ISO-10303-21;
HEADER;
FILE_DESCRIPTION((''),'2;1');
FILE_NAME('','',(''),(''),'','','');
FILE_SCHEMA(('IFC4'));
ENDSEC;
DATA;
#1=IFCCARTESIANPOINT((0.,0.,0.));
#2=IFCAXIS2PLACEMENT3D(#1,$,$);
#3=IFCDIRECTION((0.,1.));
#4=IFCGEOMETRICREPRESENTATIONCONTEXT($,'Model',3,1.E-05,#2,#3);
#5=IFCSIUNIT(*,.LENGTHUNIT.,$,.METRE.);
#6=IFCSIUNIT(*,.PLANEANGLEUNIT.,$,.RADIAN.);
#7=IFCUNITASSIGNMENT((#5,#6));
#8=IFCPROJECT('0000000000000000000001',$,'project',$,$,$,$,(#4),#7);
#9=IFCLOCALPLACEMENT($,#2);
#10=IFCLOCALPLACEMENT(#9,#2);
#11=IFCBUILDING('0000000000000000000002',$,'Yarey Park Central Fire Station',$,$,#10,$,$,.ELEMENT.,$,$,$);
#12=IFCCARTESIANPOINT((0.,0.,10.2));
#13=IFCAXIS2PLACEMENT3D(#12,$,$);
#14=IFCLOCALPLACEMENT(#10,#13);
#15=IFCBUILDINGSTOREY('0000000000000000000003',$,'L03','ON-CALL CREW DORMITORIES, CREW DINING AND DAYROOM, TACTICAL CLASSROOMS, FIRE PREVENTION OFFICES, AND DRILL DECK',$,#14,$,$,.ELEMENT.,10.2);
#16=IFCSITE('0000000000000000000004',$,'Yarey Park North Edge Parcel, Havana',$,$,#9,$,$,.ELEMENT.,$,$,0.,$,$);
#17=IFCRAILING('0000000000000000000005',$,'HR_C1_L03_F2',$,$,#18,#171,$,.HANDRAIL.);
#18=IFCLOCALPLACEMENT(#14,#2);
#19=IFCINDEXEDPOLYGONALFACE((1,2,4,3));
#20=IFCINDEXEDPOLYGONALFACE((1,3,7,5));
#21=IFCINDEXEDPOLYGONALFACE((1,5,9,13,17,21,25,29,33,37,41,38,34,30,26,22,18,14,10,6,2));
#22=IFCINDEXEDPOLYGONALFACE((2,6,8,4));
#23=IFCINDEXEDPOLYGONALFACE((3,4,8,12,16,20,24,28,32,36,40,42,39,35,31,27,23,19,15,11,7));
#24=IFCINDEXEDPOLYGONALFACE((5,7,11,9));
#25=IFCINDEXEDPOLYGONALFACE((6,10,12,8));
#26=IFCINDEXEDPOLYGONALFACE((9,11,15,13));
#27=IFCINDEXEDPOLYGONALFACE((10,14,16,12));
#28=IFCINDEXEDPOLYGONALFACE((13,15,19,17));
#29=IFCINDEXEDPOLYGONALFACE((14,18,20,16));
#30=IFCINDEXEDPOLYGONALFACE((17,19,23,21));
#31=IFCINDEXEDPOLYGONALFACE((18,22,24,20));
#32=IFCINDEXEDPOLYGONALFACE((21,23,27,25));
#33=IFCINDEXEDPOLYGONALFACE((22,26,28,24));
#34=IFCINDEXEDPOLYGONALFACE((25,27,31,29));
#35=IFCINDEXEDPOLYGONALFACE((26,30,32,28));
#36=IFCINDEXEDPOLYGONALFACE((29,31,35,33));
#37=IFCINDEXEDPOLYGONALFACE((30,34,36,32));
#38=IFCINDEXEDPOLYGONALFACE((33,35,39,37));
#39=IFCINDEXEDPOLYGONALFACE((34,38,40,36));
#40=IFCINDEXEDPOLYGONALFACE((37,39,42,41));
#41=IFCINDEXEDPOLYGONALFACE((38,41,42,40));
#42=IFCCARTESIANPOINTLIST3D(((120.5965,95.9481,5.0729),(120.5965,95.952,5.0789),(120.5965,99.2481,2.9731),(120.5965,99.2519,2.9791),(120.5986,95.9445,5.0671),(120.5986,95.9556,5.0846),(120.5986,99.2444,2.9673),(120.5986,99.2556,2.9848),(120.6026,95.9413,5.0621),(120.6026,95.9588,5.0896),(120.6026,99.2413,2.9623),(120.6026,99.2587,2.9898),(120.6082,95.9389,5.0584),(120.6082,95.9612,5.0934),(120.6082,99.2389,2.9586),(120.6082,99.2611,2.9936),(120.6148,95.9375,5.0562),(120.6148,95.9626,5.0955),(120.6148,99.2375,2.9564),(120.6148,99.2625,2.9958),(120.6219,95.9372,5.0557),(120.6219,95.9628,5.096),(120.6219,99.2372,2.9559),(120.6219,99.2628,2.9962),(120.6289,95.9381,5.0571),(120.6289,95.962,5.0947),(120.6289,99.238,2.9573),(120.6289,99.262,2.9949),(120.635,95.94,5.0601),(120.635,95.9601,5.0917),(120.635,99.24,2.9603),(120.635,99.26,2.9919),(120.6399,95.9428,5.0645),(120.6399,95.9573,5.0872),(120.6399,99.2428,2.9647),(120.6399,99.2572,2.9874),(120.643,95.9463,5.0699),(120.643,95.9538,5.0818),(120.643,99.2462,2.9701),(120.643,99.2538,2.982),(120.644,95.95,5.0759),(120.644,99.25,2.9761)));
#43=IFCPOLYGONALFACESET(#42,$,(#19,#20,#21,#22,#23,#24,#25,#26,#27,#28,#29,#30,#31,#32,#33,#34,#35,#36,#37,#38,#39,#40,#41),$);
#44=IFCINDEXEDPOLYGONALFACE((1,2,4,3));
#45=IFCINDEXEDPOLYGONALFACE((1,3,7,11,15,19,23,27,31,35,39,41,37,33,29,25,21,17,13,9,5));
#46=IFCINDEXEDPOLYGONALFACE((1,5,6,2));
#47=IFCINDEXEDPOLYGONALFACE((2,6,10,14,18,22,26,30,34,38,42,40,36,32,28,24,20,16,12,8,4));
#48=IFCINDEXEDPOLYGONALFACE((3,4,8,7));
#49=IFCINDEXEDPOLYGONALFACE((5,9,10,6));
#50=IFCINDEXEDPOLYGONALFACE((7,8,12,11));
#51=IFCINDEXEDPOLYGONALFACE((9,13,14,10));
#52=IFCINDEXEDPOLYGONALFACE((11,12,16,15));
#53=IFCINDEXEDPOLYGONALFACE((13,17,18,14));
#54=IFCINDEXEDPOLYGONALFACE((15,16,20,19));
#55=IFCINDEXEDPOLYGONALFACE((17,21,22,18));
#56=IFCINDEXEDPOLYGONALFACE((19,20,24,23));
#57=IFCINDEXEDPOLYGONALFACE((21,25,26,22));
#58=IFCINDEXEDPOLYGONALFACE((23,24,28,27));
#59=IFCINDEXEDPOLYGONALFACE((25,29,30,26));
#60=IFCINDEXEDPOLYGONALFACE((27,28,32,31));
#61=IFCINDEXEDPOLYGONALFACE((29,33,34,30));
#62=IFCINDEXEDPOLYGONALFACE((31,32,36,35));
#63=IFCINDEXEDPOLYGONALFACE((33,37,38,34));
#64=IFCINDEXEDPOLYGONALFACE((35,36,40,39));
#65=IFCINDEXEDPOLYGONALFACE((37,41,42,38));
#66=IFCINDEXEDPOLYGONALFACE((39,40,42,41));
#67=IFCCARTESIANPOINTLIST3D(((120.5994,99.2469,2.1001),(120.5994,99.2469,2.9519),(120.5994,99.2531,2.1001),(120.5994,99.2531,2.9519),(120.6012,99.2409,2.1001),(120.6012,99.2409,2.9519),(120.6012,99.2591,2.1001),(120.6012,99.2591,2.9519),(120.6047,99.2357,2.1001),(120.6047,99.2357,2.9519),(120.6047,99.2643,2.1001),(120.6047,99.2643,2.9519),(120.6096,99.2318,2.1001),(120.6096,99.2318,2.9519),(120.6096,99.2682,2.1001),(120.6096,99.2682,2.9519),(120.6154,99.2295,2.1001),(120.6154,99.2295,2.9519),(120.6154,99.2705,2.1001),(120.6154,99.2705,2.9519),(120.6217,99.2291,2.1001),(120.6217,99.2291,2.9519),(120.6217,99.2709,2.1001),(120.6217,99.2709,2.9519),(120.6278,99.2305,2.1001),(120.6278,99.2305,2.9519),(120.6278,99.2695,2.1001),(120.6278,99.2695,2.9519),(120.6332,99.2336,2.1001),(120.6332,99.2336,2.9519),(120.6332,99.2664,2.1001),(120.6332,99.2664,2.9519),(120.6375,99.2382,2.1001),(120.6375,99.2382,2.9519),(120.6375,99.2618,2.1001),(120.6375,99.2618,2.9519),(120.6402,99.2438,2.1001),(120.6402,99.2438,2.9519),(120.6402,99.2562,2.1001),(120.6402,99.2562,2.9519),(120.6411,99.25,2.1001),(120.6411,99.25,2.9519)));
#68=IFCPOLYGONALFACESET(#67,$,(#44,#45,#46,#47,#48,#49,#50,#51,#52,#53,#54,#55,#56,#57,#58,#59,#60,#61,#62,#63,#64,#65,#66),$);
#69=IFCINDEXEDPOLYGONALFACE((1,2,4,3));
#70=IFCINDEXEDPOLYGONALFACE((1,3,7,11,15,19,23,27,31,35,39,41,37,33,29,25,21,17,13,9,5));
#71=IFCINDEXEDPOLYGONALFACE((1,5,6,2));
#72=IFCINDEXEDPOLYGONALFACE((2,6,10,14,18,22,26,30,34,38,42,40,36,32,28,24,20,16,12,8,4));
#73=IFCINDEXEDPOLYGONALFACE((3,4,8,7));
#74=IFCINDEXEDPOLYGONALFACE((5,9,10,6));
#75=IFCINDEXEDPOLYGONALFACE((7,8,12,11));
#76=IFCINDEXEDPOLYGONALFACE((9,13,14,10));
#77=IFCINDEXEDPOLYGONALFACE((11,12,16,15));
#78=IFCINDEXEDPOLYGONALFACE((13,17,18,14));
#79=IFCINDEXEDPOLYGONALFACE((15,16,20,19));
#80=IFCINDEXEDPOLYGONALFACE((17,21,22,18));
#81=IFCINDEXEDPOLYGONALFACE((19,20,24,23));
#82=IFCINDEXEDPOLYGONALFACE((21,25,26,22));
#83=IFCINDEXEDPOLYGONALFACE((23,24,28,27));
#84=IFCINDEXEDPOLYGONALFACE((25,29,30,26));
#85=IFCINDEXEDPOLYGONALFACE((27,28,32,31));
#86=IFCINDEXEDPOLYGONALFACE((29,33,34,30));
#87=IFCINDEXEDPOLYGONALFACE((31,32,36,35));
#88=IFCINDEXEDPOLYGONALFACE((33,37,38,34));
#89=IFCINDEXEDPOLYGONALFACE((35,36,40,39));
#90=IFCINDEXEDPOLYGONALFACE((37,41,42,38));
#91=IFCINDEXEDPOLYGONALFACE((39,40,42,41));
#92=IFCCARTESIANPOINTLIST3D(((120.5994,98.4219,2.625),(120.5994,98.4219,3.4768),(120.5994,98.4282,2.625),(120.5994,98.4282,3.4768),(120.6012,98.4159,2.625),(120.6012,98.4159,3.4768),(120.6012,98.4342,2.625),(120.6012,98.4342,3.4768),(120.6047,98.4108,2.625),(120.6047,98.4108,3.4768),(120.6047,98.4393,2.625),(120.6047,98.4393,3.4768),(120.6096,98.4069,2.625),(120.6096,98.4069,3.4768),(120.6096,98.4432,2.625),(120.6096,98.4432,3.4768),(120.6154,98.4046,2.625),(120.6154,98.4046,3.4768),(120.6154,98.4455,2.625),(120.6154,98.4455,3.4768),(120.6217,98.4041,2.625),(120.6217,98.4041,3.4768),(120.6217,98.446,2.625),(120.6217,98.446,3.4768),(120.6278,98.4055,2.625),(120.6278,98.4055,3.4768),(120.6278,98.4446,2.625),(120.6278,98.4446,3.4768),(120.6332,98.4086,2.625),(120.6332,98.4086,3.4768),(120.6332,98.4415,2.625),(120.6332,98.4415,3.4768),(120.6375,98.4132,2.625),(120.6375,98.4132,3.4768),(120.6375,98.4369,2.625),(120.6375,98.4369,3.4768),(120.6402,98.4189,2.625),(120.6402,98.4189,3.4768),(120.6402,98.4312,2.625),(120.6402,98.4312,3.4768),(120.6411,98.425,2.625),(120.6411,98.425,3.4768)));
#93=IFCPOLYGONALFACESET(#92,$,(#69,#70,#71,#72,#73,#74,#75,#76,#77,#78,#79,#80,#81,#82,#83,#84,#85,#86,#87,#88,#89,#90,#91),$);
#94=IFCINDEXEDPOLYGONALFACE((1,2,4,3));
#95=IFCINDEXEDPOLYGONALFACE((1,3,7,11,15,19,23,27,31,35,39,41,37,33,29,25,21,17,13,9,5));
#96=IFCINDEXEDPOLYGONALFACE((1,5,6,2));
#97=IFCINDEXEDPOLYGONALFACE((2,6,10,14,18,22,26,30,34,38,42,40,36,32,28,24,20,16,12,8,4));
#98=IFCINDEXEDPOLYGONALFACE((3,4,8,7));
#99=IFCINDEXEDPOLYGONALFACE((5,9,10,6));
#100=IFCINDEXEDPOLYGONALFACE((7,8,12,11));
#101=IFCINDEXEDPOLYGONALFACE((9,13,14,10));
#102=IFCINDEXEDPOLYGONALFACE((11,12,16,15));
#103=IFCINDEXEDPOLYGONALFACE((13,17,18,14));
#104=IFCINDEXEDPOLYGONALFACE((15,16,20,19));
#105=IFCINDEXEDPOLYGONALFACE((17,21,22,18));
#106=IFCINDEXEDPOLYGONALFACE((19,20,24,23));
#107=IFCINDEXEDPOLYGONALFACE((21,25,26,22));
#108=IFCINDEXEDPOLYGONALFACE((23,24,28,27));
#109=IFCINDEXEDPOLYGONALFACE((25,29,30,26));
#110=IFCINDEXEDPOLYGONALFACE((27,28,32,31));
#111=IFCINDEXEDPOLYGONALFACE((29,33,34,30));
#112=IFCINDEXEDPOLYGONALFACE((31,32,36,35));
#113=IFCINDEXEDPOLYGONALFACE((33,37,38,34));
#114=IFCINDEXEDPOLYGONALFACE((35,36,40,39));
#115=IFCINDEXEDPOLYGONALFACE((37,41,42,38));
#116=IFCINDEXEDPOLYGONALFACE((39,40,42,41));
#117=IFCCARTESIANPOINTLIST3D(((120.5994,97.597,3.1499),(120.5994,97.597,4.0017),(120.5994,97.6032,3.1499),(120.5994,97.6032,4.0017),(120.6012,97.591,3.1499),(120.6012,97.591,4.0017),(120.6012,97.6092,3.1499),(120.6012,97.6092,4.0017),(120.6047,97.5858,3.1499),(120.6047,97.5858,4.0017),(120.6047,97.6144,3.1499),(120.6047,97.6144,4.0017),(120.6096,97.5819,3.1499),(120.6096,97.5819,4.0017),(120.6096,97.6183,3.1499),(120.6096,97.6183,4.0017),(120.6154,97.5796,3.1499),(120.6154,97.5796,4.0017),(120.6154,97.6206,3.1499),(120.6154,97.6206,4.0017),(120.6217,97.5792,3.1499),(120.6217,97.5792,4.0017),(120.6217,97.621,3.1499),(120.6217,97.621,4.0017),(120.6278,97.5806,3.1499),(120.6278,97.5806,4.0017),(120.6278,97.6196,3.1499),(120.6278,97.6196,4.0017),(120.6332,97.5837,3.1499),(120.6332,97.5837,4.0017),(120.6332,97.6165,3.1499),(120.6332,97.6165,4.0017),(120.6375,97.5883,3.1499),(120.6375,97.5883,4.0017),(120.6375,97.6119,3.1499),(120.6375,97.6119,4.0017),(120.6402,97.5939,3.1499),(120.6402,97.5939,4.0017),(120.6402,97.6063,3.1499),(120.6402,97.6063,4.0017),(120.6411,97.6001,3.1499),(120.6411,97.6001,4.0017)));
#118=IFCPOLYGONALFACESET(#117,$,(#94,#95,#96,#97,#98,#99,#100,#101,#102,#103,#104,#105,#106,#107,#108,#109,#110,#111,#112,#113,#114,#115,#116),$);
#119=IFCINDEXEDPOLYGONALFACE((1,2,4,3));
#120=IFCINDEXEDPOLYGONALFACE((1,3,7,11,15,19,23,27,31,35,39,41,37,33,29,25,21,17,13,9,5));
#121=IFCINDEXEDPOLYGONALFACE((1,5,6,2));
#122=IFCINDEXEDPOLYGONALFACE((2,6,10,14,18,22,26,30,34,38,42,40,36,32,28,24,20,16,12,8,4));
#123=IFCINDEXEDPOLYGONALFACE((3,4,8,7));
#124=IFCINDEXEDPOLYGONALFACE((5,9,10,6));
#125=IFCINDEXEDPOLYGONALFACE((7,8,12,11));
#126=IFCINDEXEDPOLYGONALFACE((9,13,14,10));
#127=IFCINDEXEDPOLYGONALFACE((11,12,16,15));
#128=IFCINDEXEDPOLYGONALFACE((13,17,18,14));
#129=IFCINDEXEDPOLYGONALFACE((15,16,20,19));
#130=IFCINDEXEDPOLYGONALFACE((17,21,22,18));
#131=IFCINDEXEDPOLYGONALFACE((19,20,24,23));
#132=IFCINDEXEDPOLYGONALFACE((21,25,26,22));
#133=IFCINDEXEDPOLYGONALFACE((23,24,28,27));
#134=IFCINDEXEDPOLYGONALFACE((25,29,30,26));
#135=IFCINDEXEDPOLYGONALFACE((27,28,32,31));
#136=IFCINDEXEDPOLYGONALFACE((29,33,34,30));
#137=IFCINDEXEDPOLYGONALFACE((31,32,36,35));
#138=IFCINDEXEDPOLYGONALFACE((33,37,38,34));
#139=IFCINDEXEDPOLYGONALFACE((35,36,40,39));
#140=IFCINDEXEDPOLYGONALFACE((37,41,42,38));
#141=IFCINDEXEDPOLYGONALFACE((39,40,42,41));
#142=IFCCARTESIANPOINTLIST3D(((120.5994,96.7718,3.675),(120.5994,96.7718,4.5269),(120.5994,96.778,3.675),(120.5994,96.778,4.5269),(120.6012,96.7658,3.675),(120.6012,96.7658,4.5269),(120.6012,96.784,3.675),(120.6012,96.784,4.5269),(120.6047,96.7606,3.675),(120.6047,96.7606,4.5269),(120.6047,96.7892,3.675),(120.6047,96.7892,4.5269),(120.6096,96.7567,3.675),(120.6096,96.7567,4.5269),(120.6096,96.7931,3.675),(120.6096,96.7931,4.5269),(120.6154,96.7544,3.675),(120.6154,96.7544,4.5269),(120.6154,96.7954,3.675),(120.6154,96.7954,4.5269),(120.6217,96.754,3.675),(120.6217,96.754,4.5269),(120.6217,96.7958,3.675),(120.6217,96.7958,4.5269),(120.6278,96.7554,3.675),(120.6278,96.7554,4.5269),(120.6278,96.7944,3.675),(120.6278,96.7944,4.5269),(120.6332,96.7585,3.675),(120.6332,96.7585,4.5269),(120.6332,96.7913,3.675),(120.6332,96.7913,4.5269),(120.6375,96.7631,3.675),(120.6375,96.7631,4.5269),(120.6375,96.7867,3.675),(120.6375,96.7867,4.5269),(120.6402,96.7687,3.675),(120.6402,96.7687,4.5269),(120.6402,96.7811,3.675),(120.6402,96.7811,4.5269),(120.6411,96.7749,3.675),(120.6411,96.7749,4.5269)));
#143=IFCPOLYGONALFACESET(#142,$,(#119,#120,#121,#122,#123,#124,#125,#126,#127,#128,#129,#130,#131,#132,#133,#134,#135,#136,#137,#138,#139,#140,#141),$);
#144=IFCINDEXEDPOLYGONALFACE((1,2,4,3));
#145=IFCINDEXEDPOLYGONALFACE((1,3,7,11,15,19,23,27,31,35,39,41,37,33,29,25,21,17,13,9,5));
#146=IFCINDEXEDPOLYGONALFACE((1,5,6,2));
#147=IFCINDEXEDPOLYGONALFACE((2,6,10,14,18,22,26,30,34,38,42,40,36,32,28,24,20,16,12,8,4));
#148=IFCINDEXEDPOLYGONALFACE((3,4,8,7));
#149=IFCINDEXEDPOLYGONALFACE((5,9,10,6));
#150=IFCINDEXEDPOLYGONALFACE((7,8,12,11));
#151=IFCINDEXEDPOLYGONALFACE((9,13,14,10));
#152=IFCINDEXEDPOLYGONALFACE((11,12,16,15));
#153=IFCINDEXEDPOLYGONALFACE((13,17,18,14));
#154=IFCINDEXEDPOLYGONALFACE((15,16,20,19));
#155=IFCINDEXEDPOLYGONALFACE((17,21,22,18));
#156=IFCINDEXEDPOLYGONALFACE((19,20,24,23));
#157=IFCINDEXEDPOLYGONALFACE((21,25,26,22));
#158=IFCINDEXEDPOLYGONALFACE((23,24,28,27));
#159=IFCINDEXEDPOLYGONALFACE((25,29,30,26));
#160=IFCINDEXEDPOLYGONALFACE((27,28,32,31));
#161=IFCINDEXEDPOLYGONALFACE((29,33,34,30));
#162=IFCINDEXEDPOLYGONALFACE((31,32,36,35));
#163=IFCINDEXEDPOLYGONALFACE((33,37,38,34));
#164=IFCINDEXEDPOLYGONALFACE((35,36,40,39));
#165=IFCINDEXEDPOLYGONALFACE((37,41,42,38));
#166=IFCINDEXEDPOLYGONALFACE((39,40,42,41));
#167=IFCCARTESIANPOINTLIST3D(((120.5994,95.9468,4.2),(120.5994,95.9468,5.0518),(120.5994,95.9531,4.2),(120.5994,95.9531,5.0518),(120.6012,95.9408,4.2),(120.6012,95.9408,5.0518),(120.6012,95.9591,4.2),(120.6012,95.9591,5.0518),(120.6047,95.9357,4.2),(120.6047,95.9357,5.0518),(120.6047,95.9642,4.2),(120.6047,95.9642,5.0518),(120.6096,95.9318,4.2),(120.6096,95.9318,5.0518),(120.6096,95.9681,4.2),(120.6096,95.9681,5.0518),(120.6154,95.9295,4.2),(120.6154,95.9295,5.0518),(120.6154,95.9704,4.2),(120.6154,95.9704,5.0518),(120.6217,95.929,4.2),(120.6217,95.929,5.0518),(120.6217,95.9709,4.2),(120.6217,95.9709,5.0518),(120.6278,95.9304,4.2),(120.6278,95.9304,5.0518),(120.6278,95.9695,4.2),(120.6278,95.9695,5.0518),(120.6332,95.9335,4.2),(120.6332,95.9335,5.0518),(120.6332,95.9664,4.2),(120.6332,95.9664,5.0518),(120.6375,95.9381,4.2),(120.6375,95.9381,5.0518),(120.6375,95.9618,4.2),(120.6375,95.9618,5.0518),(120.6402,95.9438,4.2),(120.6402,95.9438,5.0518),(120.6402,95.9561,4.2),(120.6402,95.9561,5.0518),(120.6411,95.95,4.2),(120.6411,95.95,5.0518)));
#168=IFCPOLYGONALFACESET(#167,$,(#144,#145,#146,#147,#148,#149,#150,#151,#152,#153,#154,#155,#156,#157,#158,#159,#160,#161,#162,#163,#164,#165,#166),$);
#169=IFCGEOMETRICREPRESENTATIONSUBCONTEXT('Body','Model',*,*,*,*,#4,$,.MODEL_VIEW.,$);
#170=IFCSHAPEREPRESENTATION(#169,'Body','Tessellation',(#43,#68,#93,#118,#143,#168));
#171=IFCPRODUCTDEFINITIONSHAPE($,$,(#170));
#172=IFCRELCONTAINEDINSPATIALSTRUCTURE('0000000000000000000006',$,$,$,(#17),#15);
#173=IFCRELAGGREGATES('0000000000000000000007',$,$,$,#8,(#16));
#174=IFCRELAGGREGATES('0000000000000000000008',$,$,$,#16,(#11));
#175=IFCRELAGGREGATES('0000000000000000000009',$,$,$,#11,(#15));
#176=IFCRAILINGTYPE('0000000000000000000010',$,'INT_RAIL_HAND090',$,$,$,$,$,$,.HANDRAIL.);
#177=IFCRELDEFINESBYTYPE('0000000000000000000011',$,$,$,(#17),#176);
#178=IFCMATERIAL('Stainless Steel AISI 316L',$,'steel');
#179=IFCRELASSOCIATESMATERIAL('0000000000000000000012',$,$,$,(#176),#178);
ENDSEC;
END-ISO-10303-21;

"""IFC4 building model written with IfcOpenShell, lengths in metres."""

from ifc_helpers import new_model, si_unit, direction, frame, origin, origin_2d, place, context, subcontext, project, spatial, circle, extrude, material, type_object, element, save


model = new_model("IFC4")

# Units and contexts
model_context = context("Model", 3, precision=1e-05, world=origin(), true_north=direction((0.0, 1.0)))
body_context = subcontext(model_context, "Body", "Model", "MODEL_VIEW")
ifc_project = project(units=[si_unit("LENGTHUNIT", "METRE"), si_unit("PLANEANGLEUNIT", "RADIAN")], contexts=[model_context])

# Site, building, storey
site_placement = place(None, origin())
site = spatial("IfcSite", under=ifc_project, at=site_placement, Name="Yarey Park North Edge Parcel, Havana", CompositionType="ELEMENT", RefElevation=0.0)
building_placement = place(site_placement, origin())
building = spatial("IfcBuilding", under=site, at=building_placement, Name="Yarey Park Central Fire Station", CompositionType="ELEMENT")
storey_placement = place(building_placement, frame((0.0, 0.0, 10.2)))
storey = spatial("IfcBuildingStorey", under=building, at=storey_placement, Name="L03", Description="ON-CALL CREW DORMITORIES, CREW DINING AND DAYROOM, TACTICAL CLASSROOMS, FIRE PREVENTION OFFICES, AND DRILL DECK", CompositionType="ELEMENT", Elevation=10.2)

# Railing
ifc_material_1 = material(Name="Stainless Steel AISI 316L", Category="steel")
railing_type_1 = type_object("IfcRailingType", Name="INT_RAIL_HAND090", PredefinedType="HANDRAIL", material=ifc_material_1)
railing_1_placement = place(storey_placement, frame((120.6201, 99.25, 2.1001)))
element("IfcRailing", 1, at=railing_1_placement, inside=storey, type_object=railing_type_1, Name="HR_C1_L03_F2", PredefinedType="HANDRAIL", context=body_context, shape_type="SweptSolid", body=[
    extrude(circle(Radius=0.0239, at=origin_2d()), frame((0.0, 0.0, 0.876), z_axis=(0.0, -0.843682, 0.536843), x_axis=(1.0, 0.0, 0.0)), (0.0, 0.0, 1.0), 3.9114),
    extrude(circle(Radius=0.021, at=origin_2d()), origin(), (0.0, 0.0, 1.0), 0.8518),
    extrude(circle(Radius=0.021, at=origin_2d()), frame((0.0, -0.825, 0.5249)), (0.0, 0.0, 1.0), 0.8518),
    extrude(circle(Radius=0.021, at=origin_2d()), frame((0.0, -1.6499, 1.0498)), (0.0, 0.0, 1.0), 0.8518),
    extrude(circle(Radius=0.021, at=origin_2d()), frame((0.0, -2.4751, 1.575)), (0.0, 0.0, 1.0), 0.8518),
    extrude(circle(Radius=0.021, at=origin_2d()), frame((0.0, -3.3, 2.0999)), (0.0, 0.0, 1.0), 0.8518),
])

save(model, "model.ifc")
